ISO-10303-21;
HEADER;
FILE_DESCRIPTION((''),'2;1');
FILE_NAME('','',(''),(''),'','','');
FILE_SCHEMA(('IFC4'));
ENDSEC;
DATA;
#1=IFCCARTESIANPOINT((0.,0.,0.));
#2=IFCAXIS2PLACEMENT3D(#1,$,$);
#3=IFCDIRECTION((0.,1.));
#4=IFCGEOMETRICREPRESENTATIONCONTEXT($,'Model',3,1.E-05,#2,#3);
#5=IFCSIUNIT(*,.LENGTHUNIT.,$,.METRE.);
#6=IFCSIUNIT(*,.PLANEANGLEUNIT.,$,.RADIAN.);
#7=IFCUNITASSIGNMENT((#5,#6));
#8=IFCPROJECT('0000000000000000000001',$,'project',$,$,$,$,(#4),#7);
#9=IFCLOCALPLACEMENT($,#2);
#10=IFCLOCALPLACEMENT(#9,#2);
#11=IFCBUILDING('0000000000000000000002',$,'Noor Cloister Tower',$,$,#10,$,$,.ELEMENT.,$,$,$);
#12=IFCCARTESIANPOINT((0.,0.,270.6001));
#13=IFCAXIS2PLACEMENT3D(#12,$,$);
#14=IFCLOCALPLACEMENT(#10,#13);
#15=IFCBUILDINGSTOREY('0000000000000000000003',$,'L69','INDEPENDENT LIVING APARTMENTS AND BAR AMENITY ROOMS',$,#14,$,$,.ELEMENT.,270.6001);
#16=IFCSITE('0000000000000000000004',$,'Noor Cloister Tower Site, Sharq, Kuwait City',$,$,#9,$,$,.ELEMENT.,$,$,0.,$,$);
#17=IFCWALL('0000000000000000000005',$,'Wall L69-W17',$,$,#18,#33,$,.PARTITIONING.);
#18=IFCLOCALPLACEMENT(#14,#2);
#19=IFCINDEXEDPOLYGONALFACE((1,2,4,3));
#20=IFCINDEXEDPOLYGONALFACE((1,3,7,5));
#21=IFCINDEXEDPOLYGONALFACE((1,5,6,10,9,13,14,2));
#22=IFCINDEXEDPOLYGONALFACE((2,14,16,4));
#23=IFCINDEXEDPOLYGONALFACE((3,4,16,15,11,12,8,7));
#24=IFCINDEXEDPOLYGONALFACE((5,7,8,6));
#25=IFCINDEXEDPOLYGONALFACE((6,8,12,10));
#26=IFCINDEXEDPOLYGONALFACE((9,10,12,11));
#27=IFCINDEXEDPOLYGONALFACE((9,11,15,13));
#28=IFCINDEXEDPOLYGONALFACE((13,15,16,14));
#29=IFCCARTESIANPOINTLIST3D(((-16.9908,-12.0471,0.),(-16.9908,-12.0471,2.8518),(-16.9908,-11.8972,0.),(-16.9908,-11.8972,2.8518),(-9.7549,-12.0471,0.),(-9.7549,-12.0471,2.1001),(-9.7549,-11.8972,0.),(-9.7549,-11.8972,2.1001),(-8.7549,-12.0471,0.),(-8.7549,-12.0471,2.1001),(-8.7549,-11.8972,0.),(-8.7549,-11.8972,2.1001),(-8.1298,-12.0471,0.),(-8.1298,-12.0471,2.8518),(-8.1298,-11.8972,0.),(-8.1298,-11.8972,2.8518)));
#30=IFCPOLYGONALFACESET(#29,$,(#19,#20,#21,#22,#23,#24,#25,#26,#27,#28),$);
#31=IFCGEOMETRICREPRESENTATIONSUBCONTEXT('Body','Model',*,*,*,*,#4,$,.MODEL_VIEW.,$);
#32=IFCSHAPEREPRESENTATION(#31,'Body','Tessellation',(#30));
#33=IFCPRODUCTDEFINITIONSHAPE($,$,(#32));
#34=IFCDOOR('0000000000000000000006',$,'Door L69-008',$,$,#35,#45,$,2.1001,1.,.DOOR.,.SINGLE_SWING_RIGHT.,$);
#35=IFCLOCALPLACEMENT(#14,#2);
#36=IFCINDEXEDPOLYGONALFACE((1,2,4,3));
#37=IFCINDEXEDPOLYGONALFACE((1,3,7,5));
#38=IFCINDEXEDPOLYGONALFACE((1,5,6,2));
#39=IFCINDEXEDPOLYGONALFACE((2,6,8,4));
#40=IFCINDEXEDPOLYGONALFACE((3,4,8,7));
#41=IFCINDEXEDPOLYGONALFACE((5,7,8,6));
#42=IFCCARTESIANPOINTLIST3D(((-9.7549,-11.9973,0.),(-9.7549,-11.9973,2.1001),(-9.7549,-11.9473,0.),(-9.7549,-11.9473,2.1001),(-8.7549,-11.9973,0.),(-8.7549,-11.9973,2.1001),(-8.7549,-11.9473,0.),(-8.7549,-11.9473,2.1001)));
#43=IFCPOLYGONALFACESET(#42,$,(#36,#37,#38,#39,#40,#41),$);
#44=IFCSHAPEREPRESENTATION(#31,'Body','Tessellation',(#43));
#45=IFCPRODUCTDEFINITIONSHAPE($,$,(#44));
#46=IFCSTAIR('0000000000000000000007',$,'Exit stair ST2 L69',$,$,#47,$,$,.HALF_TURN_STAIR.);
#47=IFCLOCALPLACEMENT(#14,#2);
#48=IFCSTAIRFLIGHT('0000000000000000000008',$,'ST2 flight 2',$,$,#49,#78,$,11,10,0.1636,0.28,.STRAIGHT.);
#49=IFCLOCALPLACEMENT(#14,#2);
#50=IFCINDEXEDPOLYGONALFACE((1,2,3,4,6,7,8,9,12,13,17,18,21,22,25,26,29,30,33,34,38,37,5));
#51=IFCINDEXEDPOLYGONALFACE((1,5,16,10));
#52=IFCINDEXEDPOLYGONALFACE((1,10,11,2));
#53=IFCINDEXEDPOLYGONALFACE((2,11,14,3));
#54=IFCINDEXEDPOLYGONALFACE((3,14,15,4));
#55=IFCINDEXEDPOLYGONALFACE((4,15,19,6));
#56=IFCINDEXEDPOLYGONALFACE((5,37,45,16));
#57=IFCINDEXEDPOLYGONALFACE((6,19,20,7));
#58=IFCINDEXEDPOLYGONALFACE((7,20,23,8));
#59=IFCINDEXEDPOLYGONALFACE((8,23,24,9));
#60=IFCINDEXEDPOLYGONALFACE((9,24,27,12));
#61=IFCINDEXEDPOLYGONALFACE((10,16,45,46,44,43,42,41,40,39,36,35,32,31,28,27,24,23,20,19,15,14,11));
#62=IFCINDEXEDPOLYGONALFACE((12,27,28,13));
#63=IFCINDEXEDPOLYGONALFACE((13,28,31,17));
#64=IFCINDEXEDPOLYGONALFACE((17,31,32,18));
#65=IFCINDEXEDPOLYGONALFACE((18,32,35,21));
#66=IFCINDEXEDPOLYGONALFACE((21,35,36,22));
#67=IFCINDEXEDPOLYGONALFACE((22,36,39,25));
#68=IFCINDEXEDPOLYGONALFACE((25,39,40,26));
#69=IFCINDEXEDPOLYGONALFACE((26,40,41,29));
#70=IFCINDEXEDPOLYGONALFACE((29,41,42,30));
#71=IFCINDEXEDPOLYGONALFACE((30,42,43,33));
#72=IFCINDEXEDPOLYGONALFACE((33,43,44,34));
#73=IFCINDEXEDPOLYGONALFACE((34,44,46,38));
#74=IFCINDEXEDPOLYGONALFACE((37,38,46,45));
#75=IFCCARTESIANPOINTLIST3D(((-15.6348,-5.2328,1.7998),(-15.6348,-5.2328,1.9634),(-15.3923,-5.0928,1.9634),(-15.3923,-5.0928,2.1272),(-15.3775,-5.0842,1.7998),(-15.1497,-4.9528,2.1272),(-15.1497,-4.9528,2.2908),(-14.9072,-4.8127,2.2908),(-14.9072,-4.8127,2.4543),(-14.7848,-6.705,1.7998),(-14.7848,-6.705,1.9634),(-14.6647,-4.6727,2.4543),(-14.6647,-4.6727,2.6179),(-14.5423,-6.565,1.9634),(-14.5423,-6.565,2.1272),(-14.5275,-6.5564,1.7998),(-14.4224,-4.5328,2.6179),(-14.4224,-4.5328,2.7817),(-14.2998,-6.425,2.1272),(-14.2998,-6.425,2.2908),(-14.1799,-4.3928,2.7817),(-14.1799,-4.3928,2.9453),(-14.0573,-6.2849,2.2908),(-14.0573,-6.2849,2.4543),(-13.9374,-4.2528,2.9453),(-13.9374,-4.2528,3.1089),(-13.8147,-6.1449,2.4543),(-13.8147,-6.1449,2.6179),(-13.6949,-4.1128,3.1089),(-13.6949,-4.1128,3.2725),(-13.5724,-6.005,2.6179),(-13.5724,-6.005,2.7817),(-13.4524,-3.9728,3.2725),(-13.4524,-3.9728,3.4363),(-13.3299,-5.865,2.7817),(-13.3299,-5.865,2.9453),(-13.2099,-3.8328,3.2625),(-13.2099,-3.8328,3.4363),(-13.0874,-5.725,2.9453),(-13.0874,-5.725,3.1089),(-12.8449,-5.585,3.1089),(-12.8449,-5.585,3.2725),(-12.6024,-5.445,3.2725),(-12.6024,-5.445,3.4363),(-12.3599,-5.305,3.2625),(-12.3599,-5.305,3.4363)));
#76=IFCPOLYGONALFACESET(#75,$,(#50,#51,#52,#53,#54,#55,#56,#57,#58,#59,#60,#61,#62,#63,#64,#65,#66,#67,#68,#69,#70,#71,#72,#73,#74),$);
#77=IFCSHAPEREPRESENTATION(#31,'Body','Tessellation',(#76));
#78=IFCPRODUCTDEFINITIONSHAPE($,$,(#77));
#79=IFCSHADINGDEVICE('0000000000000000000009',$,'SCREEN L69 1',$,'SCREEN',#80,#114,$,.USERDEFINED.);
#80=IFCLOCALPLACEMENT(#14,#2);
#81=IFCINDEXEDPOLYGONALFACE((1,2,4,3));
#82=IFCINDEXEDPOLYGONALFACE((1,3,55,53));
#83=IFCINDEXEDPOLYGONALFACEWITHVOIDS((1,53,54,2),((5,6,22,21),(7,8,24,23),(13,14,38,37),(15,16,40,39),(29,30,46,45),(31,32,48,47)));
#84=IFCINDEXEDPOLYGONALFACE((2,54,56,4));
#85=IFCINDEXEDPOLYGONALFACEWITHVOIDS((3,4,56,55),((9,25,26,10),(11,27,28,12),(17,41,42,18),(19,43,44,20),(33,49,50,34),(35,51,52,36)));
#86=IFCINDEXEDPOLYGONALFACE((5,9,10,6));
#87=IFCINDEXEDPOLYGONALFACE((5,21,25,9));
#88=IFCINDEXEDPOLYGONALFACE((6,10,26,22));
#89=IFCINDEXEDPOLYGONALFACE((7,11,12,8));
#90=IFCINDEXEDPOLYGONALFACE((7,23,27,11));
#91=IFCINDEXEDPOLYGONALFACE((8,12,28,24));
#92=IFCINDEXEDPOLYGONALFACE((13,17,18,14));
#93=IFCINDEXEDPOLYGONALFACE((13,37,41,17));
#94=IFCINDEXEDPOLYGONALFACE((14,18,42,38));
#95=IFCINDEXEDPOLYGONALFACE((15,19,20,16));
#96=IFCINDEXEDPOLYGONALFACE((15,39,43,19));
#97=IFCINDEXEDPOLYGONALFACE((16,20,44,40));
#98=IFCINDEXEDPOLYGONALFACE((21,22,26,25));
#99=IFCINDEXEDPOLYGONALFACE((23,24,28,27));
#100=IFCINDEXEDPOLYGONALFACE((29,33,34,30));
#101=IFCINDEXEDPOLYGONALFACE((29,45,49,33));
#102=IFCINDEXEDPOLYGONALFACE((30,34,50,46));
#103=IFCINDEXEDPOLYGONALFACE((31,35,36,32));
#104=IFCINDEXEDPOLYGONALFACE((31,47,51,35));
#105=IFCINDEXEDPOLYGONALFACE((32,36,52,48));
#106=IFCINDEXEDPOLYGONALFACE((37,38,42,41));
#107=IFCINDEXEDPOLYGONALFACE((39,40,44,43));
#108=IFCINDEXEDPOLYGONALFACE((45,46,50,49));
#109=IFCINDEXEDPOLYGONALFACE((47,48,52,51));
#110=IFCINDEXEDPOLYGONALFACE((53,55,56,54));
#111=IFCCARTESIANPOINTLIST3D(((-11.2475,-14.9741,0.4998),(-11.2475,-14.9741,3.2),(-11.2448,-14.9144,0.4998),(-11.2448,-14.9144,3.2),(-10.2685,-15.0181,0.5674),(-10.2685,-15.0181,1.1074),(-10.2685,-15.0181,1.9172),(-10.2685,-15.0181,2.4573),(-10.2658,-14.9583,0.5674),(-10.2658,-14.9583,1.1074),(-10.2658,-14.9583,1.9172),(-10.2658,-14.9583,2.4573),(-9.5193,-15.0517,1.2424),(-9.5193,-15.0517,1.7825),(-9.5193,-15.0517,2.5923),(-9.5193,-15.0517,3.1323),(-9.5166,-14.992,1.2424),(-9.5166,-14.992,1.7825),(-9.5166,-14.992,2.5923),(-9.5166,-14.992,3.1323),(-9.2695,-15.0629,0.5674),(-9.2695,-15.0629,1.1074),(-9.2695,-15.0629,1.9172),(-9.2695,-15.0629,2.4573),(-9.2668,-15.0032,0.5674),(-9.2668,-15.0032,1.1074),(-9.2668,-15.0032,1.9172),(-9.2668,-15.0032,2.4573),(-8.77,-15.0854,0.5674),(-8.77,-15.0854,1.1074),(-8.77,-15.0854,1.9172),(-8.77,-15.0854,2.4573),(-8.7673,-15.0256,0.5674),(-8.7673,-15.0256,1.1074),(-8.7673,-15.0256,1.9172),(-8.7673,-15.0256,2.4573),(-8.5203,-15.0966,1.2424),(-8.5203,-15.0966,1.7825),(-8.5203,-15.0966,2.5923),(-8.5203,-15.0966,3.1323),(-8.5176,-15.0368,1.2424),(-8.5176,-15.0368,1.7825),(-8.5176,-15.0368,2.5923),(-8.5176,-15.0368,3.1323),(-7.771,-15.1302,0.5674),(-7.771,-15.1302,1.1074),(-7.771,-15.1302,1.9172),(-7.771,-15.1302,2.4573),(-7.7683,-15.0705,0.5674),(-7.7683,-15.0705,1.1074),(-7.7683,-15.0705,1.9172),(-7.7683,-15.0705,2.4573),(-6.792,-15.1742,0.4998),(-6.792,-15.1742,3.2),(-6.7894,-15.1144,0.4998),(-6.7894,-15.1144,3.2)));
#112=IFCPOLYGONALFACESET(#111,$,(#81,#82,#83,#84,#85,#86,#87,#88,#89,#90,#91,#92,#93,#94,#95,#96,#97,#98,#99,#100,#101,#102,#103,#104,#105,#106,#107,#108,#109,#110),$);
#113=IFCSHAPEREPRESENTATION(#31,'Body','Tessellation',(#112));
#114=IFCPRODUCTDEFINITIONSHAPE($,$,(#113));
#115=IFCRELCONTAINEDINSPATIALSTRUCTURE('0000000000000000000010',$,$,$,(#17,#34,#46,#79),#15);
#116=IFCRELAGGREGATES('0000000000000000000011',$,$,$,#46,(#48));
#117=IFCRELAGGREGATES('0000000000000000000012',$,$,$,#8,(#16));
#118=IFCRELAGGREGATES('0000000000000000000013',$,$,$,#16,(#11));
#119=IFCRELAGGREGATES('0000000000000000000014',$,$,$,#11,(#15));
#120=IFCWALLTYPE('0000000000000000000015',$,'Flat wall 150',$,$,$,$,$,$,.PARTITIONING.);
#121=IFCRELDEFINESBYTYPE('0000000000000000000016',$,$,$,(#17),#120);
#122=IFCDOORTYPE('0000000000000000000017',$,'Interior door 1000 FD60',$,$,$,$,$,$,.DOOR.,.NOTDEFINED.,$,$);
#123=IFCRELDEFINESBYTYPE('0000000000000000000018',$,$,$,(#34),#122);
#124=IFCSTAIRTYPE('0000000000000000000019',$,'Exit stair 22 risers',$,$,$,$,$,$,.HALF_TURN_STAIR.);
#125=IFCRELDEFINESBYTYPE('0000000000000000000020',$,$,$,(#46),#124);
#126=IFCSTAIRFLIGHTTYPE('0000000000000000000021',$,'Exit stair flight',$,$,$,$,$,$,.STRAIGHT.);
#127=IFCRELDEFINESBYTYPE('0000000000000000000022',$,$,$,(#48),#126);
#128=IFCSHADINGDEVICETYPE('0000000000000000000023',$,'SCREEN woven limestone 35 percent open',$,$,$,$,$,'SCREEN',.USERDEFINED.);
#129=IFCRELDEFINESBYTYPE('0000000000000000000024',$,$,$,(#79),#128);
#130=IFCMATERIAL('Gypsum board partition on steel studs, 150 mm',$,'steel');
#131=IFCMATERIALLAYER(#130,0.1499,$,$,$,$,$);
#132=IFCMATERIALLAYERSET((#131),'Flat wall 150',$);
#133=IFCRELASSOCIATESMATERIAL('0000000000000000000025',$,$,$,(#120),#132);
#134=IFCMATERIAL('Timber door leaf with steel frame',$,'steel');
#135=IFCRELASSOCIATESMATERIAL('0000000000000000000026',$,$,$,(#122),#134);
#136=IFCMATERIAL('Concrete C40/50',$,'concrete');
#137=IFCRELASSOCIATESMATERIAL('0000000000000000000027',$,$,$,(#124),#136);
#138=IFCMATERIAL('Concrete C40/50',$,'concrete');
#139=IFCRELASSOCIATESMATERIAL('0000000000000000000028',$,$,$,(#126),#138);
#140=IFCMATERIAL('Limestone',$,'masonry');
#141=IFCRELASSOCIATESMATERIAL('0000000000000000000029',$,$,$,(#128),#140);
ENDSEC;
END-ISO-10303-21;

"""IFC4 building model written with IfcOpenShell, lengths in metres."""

from ifc_helpers import new_model, si_unit, direction, frame, frame_2d, origin, place, context, subcontext, project, spatial, polyline, rectangle, outline, extrude, material, layer, layer_set, material_profile, profile_set, type_object, element, fill, aggregate, save


model = new_model("IFC4")

# Units and contexts
model_context = context("Model", 3, precision=1e-05, world=origin(), true_north=direction((0.0, 1.0)))
body_context = subcontext(model_context, "Body", "Model", "MODEL_VIEW")
ifc_project = project(units=[si_unit("LENGTHUNIT", "METRE"), si_unit("PLANEANGLEUNIT", "RADIAN")], contexts=[model_context])

# Site, building, storey
site_placement = place(None, origin())
site = spatial("IfcSite", under=ifc_project, at=site_placement, Name="Noor Cloister Tower Site, Sharq, Kuwait City", CompositionType="ELEMENT", RefElevation=0.0)
building_placement = place(site_placement, origin())
building = spatial("IfcBuilding", under=site, at=building_placement, Name="Noor Cloister Tower", CompositionType="ELEMENT")
storey_placement = place(building_placement, frame((0.0, 0.0, 270.6001)))
storey = spatial("IfcBuildingStorey", under=building, at=storey_placement, Name="L69", Description="INDEPENDENT LIVING APARTMENTS AND BAR AMENITY ROOMS", CompositionType="ELEMENT", Elevation=270.6001)

# Shared definitions
ifc_material_1 = material(Name="Gypsum board partition on steel studs, 150 mm", Category="steel")
ifc_layer_1 = layer(ifc_material_1, 0.1499)
ifc_layer_set_1 = layer_set([ifc_layer_1], Name="Flat wall 150")
wall_type_1 = type_object("IfcWallType", Name="Flat wall 150", PredefinedType="PARTITIONING", material=ifc_layer_set_1)
ifc_material_2 = material(Name="Timber door leaf with steel frame", Category="steel")
door_type_1 = type_object("IfcDoorType", Name="Interior door 1000 FD60", OperationType="NOTDEFINED", PredefinedType="DOOR", material=ifc_material_2)

# Wall, opening, door
wall_1_placement = place(storey_placement, frame((-16.991, -11.9722, 0.0), z_axis=(0.0, 0.0, 1.0), x_axis=(1.0, 0.0, 0.0)))
wall_1 = element("IfcWall", 1, at=wall_1_placement, inside=storey, type_object=wall_type_1, Name="Wall L69-W17", PredefinedType="PARTITIONING", context=body_context, shape_type="SweptSolid", body=[
    extrude(rectangle(XDim=8.8611, YDim=0.1499, at=frame_2d((4.4307, 0.0))), origin(), (0.0, 0.0, 1.0), 2.8518),
])
opening_1_placement = place(wall_1_placement, frame((7.2361, 0.0, 0.0)))
opening_1 = element("IfcOpeningElement", 2, at=opening_1_placement, cuts=wall_1, PredefinedType="OPENING", context=body_context, shape_type="SweptSolid", body=[
    extrude(rectangle(XDim=1.0, YDim=2.1001, at=frame_2d((0.5, 1.05))), frame((0.0, 0.085, 0.0), z_axis=(0.0, -1.0, 0.0), x_axis=(1.0, 0.0, 0.0)), (0.0, 0.0, 1.0), 0.1699),
])
door_1_placement = place(opening_1_placement, origin())
door_1 = element("IfcDoor", 3, at=door_1_placement, inside=storey, type_object=door_type_1, Name="Door L69-008", OperationType="SINGLE_SWING_RIGHT", OverallHeight=2.1001, OverallWidth=1.0, PredefinedType="DOOR", context=body_context, shape_type="SweptSolid", body=[
    extrude(rectangle(XDim=1.0, YDim=2.1001, at=frame_2d((0.5, 1.05))), frame((0.0, 0.0249, 0.0), z_axis=(0.0, -1.0, 0.0), x_axis=(1.0, 0.0, 0.0)), (0.0, 0.0, 1.0), 0.05),
])
fill(opening_1, door_1)

# Stair, stair flight
ifc_material_3 = material(Name="Concrete C40/50", Category="concrete")
stair_type = type_object("IfcStairType", Name="Exit stair 22 risers", PredefinedType="HALF_TURN_STAIR", material=ifc_material_3)
stair_placement = place(storey_placement, origin())
stair = element("IfcStair", 4, at=stair_placement, inside=storey, type_object=stair_type, Name="Exit stair ST2 L69", PredefinedType="HALF_TURN_STAIR")
ifc_material_4 = material(Name="Concrete C40/50", Category="concrete")
stair_flight_type = type_object("IfcStairFlightType", Name="Exit stair flight", PredefinedType="STRAIGHT", material=ifc_material_4)
stair_flight_placement = place(storey_placement, frame((-15.2097, -5.969, 1.7998), z_axis=(0.0, 0.0, 1.0), x_axis=(0.866025, 0.5, 0.0)))
stair_flight = element("IfcStairFlight", 5, at=stair_flight_placement, type_object=stair_flight_type, Name="ST2 flight 2", NumberOfRisers=11, NumberOfTreads=10, PredefinedType="STRAIGHT", RiserHeight=0.1636, TreadLength=0.28, context=body_context, shape_type="SweptSolid", body=[
    extrude(outline(polyline([(0.0, 0.0), (0.0, 0.1636), (0.28, 0.1636), (0.28, 0.3274), (0.5601, 0.3274), (0.5601, 0.491), (0.8401, 0.491), (0.8401, 0.6545), (1.1201, 0.6545), (1.1201, 0.8181), (1.3999, 0.8181), (1.3999, 0.9819), (1.6799, 0.9819), (1.6799, 1.1455), (1.96, 1.1455), (1.96, 1.3091), (2.24, 1.3091), (2.24, 1.4727), (2.52, 1.4727), (2.52, 1.6365), (2.8, 1.6365), (2.8, 1.8), (2.8, 1.4626), (0.2971, 0.0), (0.0, 0.0)])), frame((0.0, 0.8501, 0.0), z_axis=(0.0, -1.0, 0.0), x_axis=(1.0, 0.0, 0.0)), (0.0, 0.0, 1.0), 1.7),
])
aggregate(stair, [stair_flight])

# Shading device
ifc_material_5 = material(Name="Limestone", Category="masonry")
ifc_material_profile_1 = material_profile(ifc_material_5, outline(polyline([(-2.23, -1.3501), (2.23, -1.3501), (2.23, 1.3501), (-2.23, 1.3501), (-2.23, -1.3501)]), holes=[polyline([(-1.25, -1.2825), (-0.25, -1.2825), (-0.25, -0.7424), (-1.25, -0.7424), (-1.25, -1.2825)]), polyline([(0.25, -1.2825), (1.25, -1.2825), (1.25, -0.7424), (0.25, -0.7424), (0.25, -1.2825)]), polyline([(-0.5, -0.6074), (0.5, -0.6074), (0.5, -0.0674), (-0.5, -0.0674), (-0.5, -0.6074)]), polyline([(-1.25, 0.0674), (-0.25, 0.0674), (-0.25, 0.6074), (-1.25, 0.6074), (-1.25, 0.0674)]), polyline([(0.25, 0.0674), (1.25, 0.0674), (1.25, 0.6074), (0.25, 0.6074), (0.25, 0.0674)]), polyline([(-0.5, 0.7424), (0.5, 0.7424), (0.5, 1.2825), (-0.5, 1.2825), (-0.5, 0.7424)])]), Name="Woven screen 35 percent open")
ifc_profile_set_1 = profile_set([ifc_material_profile_1], Name="Limestone")
shading_device_type = type_object("IfcShadingDeviceType", Name="SCREEN woven limestone 35 percent open", ElementType="SCREEN", PredefinedType="USERDEFINED", material=ifc_profile_set_1)
shading_device_placement = place(storey_placement, frame((-9.0171, -15.0144, 1.8499), z_axis=(-0.044853, -0.998994, 0.0), x_axis=(0.998994, -0.044853, 0.0)))
element("IfcShadingDevice", 6, at=shading_device_placement, inside=storey, type_object=shading_device_type, Name="SCREEN L69 1", ObjectType="SCREEN", PredefinedType="USERDEFINED", context=body_context, shape_type="SweptSolid", body=[
    extrude(outline(polyline([(-2.23, -1.3501), (2.23, -1.3501), (2.23, 1.3501), (-2.23, 1.3501), (-2.23, -1.3501)]), holes=[polyline([(-1.25, -1.2825), (-0.25, -1.2825), (-0.25, -0.7424), (-1.25, -0.7424), (-1.25, -1.2825)]), polyline([(0.25, -1.2825), (1.25, -1.2825), (1.25, -0.7424), (0.25, -0.7424), (0.25, -1.2825)]), polyline([(-0.5, -0.6074), (0.5, -0.6074), (0.5, -0.0674), (-0.5, -0.0674), (-0.5, -0.6074)]), polyline([(-1.25, 0.0674), (-0.25, 0.0674), (-0.25, 0.6074), (-1.25, 0.6074), (-1.25, 0.0674)]), polyline([(0.25, 0.0674), (1.25, 0.0674), (1.25, 0.6074), (0.25, 0.6074), (0.25, 0.0674)]), polyline([(-0.5, 0.7424), (0.5, 0.7424), (0.5, 1.2825), (-0.5, 1.2825), (-0.5, 0.7424)])]), origin(), (0.0, 0.0, 1.0), 0.0598),
])

save(model, "model.ifc")
